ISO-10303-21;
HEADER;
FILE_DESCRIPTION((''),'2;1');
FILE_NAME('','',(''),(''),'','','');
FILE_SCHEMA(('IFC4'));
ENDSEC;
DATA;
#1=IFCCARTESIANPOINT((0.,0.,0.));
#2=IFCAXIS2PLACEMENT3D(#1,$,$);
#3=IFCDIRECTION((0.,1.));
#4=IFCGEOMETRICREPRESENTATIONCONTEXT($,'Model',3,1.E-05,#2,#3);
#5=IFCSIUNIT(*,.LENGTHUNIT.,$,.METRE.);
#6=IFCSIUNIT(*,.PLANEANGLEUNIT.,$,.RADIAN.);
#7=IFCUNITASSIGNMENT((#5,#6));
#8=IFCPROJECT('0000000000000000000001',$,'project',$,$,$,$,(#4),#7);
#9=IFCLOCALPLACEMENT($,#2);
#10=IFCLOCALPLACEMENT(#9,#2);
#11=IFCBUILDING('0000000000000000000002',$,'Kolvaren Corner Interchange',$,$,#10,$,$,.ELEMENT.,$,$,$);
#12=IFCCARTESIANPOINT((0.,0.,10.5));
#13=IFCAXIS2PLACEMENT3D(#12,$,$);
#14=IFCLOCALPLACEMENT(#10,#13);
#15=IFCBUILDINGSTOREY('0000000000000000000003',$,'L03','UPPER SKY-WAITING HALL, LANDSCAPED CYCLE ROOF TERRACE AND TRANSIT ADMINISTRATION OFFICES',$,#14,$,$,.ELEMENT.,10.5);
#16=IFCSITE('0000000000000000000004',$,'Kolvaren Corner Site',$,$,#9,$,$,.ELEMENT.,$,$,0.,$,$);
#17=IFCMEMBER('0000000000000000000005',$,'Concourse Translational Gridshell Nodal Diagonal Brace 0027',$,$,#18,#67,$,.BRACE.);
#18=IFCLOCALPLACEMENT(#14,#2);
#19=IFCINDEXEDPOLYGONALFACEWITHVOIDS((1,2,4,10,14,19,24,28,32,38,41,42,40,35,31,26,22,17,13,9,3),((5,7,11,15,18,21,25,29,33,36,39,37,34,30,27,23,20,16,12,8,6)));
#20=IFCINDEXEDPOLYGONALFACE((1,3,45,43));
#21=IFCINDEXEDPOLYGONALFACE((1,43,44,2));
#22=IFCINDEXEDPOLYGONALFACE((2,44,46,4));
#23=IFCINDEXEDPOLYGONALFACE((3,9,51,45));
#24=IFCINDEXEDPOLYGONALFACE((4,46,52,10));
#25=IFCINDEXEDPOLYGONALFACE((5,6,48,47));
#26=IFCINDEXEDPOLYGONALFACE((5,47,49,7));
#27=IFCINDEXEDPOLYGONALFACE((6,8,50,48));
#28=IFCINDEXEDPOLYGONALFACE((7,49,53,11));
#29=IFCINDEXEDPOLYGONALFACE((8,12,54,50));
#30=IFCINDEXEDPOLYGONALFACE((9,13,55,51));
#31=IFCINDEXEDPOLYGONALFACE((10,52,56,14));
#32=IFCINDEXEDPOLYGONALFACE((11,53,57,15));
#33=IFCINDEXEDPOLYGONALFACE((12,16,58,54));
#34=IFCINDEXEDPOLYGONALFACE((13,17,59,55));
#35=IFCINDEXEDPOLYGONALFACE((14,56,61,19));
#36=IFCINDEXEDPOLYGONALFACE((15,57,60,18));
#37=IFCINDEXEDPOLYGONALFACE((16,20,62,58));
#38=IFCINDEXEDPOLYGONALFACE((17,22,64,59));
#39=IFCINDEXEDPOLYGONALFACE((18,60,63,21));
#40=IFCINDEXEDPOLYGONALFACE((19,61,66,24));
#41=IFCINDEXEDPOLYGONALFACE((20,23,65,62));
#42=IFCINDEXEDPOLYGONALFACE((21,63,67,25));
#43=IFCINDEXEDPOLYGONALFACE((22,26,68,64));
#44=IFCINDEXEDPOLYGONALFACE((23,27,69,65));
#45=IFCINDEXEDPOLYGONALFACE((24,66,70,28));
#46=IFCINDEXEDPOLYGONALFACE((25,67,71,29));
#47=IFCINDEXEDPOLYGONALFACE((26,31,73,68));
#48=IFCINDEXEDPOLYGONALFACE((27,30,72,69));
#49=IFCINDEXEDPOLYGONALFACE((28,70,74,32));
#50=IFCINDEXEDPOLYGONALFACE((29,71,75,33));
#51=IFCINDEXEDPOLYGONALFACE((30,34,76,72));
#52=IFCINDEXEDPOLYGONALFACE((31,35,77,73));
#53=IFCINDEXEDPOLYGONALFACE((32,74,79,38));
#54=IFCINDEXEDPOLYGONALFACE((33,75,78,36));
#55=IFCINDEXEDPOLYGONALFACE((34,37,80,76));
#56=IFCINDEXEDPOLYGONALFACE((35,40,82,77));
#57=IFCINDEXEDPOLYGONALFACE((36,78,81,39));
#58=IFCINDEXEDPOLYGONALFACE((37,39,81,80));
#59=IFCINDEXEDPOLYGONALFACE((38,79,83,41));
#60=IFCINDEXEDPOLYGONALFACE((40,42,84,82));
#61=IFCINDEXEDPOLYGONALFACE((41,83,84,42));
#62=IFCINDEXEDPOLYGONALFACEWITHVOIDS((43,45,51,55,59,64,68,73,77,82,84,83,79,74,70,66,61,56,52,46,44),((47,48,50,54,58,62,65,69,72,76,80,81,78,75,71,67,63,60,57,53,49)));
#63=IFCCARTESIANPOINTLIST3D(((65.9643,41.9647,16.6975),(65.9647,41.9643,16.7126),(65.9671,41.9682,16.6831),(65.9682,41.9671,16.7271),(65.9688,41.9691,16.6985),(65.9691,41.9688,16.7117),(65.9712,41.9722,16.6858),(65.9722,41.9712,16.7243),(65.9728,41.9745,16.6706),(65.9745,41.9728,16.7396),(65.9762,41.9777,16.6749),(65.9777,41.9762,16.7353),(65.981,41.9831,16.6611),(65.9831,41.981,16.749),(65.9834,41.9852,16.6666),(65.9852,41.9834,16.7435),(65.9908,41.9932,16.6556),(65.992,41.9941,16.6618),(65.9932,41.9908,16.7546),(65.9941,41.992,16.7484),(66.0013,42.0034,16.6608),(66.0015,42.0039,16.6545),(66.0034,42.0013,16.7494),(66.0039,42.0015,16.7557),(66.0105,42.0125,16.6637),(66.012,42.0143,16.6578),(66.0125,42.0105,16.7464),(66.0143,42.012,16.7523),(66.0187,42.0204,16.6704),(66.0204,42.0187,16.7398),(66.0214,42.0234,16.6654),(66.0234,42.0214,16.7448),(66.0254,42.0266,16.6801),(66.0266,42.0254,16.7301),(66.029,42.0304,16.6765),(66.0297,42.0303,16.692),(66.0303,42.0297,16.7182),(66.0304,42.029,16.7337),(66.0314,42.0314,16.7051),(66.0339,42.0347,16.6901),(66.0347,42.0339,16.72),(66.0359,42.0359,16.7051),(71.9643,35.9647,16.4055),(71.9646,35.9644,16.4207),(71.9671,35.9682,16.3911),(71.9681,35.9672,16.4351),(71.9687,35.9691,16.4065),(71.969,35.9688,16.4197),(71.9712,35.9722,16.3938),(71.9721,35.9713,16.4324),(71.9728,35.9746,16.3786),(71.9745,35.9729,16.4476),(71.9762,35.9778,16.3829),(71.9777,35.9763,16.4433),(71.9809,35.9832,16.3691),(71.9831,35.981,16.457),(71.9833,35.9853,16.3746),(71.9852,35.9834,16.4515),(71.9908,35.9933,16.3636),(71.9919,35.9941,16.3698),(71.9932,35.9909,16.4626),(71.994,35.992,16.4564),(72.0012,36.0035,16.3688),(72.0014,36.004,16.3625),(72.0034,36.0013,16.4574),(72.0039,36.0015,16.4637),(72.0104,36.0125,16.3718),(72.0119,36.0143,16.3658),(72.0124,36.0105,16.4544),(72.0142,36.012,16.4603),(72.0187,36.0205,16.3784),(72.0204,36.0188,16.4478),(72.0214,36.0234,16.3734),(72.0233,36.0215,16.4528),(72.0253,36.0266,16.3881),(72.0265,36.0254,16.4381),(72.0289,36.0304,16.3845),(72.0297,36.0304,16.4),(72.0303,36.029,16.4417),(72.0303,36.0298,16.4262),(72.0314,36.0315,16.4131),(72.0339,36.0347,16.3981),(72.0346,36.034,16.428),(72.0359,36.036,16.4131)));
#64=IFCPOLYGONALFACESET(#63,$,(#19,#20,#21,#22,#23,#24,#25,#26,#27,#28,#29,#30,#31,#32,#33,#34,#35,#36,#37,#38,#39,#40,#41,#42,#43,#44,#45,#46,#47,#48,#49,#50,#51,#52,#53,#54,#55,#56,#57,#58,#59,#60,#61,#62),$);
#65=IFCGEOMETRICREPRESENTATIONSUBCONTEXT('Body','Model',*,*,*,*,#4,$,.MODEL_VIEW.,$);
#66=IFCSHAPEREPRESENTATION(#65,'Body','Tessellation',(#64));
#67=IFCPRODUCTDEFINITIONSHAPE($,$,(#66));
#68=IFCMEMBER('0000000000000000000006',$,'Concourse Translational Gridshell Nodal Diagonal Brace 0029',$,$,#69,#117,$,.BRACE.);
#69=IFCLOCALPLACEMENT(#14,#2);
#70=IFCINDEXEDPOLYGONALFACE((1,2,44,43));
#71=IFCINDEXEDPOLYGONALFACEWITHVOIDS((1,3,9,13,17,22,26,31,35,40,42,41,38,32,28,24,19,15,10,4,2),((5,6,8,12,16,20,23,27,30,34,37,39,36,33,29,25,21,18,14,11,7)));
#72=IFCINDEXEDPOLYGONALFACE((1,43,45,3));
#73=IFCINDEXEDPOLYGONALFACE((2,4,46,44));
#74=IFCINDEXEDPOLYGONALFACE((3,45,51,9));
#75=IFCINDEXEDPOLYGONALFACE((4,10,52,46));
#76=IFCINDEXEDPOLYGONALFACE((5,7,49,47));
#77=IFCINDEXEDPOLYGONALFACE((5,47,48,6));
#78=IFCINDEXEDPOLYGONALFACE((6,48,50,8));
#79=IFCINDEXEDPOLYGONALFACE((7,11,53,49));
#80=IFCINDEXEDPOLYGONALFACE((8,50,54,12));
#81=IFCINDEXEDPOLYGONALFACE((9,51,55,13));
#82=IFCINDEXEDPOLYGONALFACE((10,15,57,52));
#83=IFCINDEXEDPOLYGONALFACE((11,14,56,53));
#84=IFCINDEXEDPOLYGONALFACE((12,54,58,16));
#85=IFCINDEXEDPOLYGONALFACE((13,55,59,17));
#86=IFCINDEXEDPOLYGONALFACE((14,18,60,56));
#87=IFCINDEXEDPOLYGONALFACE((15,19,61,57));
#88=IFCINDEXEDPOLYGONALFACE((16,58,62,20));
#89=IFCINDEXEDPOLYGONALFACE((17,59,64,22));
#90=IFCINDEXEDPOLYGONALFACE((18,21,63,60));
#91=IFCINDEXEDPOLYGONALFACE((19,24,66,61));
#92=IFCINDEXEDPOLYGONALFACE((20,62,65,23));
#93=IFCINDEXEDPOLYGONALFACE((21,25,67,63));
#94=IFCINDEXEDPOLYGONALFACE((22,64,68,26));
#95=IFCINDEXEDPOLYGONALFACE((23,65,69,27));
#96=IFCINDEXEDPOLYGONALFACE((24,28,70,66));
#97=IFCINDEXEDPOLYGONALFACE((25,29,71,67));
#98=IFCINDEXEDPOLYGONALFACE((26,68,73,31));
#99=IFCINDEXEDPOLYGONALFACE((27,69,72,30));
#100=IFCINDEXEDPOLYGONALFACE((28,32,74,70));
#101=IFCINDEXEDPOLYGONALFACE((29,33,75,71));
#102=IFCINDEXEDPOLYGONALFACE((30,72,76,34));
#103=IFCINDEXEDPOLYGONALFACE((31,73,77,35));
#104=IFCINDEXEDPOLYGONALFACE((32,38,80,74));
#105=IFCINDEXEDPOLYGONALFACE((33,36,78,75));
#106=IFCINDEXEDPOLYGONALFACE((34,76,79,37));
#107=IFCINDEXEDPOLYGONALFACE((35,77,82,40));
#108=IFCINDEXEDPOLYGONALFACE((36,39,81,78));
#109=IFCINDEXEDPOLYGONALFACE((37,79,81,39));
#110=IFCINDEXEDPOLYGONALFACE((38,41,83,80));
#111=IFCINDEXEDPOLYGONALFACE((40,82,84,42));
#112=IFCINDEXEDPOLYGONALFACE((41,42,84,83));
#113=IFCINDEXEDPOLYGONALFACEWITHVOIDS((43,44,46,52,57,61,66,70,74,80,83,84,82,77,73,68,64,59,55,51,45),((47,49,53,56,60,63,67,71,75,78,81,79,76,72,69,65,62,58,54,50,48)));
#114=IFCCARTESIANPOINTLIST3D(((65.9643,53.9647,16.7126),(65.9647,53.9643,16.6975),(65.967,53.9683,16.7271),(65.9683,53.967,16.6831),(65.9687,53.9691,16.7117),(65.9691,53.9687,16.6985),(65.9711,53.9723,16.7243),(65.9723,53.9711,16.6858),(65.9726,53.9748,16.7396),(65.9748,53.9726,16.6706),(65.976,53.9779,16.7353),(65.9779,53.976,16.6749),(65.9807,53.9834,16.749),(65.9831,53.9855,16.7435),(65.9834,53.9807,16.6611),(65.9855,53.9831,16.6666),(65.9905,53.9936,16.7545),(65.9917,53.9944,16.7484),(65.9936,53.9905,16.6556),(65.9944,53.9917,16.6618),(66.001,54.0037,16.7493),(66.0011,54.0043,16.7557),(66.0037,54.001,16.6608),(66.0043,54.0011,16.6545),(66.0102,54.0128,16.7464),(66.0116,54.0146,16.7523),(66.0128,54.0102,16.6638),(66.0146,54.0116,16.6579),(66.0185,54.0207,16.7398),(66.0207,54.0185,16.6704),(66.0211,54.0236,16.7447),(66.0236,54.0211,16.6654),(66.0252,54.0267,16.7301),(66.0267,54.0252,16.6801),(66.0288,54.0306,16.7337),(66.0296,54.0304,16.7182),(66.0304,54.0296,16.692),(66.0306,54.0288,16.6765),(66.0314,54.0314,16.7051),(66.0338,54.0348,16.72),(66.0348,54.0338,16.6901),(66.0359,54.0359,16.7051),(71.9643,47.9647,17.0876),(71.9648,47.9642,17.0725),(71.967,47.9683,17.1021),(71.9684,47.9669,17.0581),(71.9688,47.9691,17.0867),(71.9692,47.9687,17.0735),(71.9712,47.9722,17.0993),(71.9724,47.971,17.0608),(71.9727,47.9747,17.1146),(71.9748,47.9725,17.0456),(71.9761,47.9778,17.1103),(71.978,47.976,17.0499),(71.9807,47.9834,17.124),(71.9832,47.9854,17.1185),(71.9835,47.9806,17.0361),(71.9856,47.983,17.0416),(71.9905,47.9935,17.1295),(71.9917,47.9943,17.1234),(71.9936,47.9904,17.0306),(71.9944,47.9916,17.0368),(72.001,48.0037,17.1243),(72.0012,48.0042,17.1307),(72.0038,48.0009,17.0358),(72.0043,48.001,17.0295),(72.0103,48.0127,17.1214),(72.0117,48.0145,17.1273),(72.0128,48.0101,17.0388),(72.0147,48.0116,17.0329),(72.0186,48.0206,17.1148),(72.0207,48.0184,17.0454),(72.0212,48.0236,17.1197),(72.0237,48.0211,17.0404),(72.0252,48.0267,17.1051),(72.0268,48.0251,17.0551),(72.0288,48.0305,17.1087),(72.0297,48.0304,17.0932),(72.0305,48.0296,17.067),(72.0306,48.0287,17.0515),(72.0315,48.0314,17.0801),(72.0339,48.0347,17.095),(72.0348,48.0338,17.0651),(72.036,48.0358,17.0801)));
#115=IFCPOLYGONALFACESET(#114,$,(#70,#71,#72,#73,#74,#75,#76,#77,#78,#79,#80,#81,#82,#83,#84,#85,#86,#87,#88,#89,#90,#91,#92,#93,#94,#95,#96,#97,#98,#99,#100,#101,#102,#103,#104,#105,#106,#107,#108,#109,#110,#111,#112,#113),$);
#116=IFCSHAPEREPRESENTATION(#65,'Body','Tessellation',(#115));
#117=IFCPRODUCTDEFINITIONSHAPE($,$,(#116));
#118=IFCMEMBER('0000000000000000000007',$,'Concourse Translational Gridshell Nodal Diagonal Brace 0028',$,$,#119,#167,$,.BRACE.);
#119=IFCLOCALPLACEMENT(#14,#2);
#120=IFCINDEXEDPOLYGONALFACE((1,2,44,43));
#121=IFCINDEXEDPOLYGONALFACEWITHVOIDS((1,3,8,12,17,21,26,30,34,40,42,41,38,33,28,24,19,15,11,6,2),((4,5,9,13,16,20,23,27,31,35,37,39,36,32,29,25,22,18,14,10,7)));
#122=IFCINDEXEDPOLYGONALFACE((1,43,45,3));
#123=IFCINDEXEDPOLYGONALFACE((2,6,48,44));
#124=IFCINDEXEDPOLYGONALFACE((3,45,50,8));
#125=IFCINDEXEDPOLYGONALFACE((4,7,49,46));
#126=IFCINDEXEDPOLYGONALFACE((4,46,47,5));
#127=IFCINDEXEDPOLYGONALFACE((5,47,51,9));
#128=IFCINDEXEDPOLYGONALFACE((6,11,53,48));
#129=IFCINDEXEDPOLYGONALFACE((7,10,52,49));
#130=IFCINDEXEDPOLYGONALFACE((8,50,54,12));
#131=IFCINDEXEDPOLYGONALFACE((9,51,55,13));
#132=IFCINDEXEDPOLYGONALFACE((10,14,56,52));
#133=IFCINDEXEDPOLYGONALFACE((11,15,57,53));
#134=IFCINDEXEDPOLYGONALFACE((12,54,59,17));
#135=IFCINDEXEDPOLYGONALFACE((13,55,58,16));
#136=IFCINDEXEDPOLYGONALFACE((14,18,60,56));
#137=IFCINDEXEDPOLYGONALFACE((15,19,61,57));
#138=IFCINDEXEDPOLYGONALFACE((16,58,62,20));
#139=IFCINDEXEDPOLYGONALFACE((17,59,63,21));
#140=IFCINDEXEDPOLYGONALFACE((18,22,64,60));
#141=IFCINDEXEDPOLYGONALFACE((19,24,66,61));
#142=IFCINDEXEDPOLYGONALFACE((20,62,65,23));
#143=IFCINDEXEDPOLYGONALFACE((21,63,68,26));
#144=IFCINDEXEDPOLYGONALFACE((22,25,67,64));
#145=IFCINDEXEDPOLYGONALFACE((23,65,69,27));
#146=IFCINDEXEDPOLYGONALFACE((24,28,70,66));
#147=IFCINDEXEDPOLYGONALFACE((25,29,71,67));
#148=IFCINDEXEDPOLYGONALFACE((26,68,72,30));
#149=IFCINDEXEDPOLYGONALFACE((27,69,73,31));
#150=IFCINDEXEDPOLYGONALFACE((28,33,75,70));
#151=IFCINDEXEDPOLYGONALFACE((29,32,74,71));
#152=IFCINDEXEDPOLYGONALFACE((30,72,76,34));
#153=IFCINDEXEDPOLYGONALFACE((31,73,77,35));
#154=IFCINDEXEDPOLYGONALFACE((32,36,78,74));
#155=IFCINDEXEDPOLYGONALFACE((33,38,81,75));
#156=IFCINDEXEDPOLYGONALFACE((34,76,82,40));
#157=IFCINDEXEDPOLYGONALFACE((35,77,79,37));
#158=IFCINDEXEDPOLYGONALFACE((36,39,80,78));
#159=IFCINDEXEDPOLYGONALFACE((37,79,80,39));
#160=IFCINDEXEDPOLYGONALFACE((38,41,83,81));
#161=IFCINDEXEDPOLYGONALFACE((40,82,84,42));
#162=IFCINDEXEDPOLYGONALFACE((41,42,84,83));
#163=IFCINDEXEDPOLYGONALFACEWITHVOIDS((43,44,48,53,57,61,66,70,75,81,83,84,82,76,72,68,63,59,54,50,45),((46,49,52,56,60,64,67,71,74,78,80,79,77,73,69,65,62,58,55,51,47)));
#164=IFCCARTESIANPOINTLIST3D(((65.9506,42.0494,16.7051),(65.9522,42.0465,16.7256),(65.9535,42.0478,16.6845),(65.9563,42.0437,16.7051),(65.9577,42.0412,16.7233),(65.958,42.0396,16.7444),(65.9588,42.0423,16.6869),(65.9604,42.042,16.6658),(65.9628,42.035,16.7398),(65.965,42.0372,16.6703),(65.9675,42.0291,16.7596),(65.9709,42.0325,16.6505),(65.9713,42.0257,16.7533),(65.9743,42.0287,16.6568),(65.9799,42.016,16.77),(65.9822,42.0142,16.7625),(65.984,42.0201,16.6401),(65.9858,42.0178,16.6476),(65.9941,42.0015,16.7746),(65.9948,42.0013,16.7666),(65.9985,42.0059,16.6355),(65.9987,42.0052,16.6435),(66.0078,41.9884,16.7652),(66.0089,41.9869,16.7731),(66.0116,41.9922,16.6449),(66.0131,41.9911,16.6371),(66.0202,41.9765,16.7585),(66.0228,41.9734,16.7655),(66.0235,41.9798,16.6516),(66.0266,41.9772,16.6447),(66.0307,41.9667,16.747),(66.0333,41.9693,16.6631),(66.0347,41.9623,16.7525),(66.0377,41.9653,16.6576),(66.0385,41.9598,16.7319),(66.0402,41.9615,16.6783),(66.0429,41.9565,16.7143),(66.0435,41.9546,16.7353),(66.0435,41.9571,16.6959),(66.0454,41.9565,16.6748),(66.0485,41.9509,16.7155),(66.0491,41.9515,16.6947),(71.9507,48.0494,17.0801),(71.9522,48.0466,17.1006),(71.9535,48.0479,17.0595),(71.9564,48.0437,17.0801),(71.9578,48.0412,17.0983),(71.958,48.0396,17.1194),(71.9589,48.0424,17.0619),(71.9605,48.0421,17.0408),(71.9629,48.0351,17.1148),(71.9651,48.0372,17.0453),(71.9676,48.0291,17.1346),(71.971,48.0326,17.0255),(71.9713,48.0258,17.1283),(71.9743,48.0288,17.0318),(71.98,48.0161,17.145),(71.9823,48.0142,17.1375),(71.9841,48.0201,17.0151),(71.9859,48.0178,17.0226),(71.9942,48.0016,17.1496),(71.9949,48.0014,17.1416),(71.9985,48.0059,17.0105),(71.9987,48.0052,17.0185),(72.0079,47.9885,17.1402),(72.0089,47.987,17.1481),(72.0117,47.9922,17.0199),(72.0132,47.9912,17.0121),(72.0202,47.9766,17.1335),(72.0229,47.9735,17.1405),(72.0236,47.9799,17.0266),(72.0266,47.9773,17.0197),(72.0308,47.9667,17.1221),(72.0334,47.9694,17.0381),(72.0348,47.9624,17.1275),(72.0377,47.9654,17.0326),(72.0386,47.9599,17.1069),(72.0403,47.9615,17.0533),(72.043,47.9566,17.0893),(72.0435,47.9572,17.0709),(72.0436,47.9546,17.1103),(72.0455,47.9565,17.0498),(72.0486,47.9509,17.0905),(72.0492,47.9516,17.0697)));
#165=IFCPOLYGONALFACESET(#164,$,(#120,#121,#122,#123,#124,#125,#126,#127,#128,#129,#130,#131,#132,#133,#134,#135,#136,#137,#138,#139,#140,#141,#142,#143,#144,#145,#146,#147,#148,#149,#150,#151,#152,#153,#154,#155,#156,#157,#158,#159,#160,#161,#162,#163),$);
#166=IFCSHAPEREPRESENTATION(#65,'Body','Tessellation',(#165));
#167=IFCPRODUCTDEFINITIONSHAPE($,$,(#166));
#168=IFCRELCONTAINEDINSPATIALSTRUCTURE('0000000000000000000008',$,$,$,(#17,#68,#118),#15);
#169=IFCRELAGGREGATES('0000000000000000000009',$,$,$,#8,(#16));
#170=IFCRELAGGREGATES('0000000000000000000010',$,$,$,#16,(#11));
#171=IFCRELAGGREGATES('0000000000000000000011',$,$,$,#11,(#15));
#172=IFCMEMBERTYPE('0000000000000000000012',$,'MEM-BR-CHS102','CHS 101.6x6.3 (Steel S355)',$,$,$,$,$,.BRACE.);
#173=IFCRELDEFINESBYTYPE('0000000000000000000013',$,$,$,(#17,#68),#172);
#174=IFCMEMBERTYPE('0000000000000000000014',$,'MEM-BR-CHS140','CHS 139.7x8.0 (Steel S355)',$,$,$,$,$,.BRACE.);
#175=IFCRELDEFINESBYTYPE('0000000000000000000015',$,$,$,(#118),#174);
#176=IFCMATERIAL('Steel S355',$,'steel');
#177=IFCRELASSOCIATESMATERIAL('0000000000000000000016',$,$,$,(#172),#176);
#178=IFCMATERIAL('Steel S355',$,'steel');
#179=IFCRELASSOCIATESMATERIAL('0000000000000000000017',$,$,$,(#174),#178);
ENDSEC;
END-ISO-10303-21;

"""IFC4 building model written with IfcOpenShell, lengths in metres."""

from ifc_helpers import new_model, si_unit, direction, frame, origin, origin_2d, place, context, subcontext, project, spatial, hollow_circle, extrude, material, material_profile, profile_set, type_object, element, save


model = new_model("IFC4")

# Units and contexts
model_context = context("Model", 3, precision=1e-05, world=origin(), true_north=direction((0.0, 1.0)))
body_context = subcontext(model_context, "Body", "Model", "MODEL_VIEW")
ifc_project = project(units=[si_unit("LENGTHUNIT", "METRE"), si_unit("PLANEANGLEUNIT", "RADIAN")], contexts=[model_context])

# Site, building, storey
site_placement = place(None, origin())
site = spatial("IfcSite", under=ifc_project, at=site_placement, Name="Kolvaren Corner Site", CompositionType="ELEMENT", RefElevation=0.0)
building_placement = place(site_placement, origin())
building = spatial("IfcBuilding", under=site, at=building_placement, Name="Kolvaren Corner Interchange", CompositionType="ELEMENT")
storey_placement = place(building_placement, frame((0.0, 0.0, 10.5)))
storey = spatial("IfcBuildingStorey", under=building, at=storey_placement, Name="L03", Description="UPPER SKY-WAITING HALL, LANDSCAPED CYCLE ROOF TERRACE AND TRANSIT ADMINISTRATION OFFICES", CompositionType="ELEMENT", Elevation=10.5)

# Members
ifc_material_1 = material(Name="Steel S355", Category="steel")
ifc_material_profile_1 = material_profile(ifc_material_1, hollow_circle(Radius=0.0508, WallThickness=0.0063, at=origin_2d()), Name="CHS 101.6x6.3")
ifc_profile_set_1 = profile_set([ifc_material_profile_1], Name="Steel S355")
member_type_1 = type_object("IfcMemberType", Name="MEM-BR-CHS102", Description="CHS 101.6x6.3 (Steel S355)", PredefinedType="BRACE", material=ifc_profile_set_1)
member_1_placement = place(storey_placement, frame((66.0, 42.0, 16.7051), z_axis=(0.706688, -0.706688, -0.034391), x_axis=(0.707107, 0.707107, 0.0)))
element("IfcMember", 1, at=member_1_placement, inside=storey, type_object=member_type_1, Name="Concourse Translational Gridshell Nodal Diagonal Brace 0027", PredefinedType="BRACE", context=body_context, shape_type="SweptSolid", body=[
    extrude(hollow_circle(Radius=0.0508, WallThickness=0.0063, at=origin_2d()), origin(), (0.0, 0.0, 1.0), 8.4902),
])
member_2_placement = place(storey_placement, frame((66.0, 54.0, 16.7051), z_axis=(0.706417, -0.706417, 0.044151), x_axis=(0.707107, 0.707107, 0.0)))
element("IfcMember", 2, at=member_2_placement, inside=storey, type_object=member_type_1, Name="Concourse Translational Gridshell Nodal Diagonal Brace 0029", PredefinedType="BRACE", context=body_context, shape_type="SweptSolid", body=[
    extrude(hollow_circle(Radius=0.0508, WallThickness=0.0063, at=origin_2d()), origin(), (0.0, 0.0, 1.0), 8.4937),
])
ifc_material_2 = material(Name="Steel S355", Category="steel")
ifc_material_profile_2 = material_profile(ifc_material_2, hollow_circle(Radius=0.0698, WallThickness=0.0081, at=origin_2d()), Name="CHS 139.7x8.0")
ifc_profile_set_2 = profile_set([ifc_material_profile_2], Name="Steel S355")
member_type_2 = type_object("IfcMemberType", Name="MEM-BR-CHS140", Description="CHS 139.7x8.0 (Steel S355)", PredefinedType="BRACE", material=ifc_profile_set_2)
member_3_placement = place(storey_placement, frame((66.0, 42.0, 16.7051), z_axis=(0.706417, 0.706417, 0.044151), x_axis=(-0.707107, 0.707107, 0.0)))
element("IfcMember", 3, at=member_3_placement, inside=storey, type_object=member_type_2, Name="Concourse Translational Gridshell Nodal Diagonal Brace 0028", PredefinedType="BRACE", context=body_context, shape_type="SweptSolid", body=[
    extrude(hollow_circle(Radius=0.0698, WallThickness=0.0081, at=origin_2d()), origin(), (0.0, 0.0, 1.0), 8.4937),
])

save(model, "model.ifc")
